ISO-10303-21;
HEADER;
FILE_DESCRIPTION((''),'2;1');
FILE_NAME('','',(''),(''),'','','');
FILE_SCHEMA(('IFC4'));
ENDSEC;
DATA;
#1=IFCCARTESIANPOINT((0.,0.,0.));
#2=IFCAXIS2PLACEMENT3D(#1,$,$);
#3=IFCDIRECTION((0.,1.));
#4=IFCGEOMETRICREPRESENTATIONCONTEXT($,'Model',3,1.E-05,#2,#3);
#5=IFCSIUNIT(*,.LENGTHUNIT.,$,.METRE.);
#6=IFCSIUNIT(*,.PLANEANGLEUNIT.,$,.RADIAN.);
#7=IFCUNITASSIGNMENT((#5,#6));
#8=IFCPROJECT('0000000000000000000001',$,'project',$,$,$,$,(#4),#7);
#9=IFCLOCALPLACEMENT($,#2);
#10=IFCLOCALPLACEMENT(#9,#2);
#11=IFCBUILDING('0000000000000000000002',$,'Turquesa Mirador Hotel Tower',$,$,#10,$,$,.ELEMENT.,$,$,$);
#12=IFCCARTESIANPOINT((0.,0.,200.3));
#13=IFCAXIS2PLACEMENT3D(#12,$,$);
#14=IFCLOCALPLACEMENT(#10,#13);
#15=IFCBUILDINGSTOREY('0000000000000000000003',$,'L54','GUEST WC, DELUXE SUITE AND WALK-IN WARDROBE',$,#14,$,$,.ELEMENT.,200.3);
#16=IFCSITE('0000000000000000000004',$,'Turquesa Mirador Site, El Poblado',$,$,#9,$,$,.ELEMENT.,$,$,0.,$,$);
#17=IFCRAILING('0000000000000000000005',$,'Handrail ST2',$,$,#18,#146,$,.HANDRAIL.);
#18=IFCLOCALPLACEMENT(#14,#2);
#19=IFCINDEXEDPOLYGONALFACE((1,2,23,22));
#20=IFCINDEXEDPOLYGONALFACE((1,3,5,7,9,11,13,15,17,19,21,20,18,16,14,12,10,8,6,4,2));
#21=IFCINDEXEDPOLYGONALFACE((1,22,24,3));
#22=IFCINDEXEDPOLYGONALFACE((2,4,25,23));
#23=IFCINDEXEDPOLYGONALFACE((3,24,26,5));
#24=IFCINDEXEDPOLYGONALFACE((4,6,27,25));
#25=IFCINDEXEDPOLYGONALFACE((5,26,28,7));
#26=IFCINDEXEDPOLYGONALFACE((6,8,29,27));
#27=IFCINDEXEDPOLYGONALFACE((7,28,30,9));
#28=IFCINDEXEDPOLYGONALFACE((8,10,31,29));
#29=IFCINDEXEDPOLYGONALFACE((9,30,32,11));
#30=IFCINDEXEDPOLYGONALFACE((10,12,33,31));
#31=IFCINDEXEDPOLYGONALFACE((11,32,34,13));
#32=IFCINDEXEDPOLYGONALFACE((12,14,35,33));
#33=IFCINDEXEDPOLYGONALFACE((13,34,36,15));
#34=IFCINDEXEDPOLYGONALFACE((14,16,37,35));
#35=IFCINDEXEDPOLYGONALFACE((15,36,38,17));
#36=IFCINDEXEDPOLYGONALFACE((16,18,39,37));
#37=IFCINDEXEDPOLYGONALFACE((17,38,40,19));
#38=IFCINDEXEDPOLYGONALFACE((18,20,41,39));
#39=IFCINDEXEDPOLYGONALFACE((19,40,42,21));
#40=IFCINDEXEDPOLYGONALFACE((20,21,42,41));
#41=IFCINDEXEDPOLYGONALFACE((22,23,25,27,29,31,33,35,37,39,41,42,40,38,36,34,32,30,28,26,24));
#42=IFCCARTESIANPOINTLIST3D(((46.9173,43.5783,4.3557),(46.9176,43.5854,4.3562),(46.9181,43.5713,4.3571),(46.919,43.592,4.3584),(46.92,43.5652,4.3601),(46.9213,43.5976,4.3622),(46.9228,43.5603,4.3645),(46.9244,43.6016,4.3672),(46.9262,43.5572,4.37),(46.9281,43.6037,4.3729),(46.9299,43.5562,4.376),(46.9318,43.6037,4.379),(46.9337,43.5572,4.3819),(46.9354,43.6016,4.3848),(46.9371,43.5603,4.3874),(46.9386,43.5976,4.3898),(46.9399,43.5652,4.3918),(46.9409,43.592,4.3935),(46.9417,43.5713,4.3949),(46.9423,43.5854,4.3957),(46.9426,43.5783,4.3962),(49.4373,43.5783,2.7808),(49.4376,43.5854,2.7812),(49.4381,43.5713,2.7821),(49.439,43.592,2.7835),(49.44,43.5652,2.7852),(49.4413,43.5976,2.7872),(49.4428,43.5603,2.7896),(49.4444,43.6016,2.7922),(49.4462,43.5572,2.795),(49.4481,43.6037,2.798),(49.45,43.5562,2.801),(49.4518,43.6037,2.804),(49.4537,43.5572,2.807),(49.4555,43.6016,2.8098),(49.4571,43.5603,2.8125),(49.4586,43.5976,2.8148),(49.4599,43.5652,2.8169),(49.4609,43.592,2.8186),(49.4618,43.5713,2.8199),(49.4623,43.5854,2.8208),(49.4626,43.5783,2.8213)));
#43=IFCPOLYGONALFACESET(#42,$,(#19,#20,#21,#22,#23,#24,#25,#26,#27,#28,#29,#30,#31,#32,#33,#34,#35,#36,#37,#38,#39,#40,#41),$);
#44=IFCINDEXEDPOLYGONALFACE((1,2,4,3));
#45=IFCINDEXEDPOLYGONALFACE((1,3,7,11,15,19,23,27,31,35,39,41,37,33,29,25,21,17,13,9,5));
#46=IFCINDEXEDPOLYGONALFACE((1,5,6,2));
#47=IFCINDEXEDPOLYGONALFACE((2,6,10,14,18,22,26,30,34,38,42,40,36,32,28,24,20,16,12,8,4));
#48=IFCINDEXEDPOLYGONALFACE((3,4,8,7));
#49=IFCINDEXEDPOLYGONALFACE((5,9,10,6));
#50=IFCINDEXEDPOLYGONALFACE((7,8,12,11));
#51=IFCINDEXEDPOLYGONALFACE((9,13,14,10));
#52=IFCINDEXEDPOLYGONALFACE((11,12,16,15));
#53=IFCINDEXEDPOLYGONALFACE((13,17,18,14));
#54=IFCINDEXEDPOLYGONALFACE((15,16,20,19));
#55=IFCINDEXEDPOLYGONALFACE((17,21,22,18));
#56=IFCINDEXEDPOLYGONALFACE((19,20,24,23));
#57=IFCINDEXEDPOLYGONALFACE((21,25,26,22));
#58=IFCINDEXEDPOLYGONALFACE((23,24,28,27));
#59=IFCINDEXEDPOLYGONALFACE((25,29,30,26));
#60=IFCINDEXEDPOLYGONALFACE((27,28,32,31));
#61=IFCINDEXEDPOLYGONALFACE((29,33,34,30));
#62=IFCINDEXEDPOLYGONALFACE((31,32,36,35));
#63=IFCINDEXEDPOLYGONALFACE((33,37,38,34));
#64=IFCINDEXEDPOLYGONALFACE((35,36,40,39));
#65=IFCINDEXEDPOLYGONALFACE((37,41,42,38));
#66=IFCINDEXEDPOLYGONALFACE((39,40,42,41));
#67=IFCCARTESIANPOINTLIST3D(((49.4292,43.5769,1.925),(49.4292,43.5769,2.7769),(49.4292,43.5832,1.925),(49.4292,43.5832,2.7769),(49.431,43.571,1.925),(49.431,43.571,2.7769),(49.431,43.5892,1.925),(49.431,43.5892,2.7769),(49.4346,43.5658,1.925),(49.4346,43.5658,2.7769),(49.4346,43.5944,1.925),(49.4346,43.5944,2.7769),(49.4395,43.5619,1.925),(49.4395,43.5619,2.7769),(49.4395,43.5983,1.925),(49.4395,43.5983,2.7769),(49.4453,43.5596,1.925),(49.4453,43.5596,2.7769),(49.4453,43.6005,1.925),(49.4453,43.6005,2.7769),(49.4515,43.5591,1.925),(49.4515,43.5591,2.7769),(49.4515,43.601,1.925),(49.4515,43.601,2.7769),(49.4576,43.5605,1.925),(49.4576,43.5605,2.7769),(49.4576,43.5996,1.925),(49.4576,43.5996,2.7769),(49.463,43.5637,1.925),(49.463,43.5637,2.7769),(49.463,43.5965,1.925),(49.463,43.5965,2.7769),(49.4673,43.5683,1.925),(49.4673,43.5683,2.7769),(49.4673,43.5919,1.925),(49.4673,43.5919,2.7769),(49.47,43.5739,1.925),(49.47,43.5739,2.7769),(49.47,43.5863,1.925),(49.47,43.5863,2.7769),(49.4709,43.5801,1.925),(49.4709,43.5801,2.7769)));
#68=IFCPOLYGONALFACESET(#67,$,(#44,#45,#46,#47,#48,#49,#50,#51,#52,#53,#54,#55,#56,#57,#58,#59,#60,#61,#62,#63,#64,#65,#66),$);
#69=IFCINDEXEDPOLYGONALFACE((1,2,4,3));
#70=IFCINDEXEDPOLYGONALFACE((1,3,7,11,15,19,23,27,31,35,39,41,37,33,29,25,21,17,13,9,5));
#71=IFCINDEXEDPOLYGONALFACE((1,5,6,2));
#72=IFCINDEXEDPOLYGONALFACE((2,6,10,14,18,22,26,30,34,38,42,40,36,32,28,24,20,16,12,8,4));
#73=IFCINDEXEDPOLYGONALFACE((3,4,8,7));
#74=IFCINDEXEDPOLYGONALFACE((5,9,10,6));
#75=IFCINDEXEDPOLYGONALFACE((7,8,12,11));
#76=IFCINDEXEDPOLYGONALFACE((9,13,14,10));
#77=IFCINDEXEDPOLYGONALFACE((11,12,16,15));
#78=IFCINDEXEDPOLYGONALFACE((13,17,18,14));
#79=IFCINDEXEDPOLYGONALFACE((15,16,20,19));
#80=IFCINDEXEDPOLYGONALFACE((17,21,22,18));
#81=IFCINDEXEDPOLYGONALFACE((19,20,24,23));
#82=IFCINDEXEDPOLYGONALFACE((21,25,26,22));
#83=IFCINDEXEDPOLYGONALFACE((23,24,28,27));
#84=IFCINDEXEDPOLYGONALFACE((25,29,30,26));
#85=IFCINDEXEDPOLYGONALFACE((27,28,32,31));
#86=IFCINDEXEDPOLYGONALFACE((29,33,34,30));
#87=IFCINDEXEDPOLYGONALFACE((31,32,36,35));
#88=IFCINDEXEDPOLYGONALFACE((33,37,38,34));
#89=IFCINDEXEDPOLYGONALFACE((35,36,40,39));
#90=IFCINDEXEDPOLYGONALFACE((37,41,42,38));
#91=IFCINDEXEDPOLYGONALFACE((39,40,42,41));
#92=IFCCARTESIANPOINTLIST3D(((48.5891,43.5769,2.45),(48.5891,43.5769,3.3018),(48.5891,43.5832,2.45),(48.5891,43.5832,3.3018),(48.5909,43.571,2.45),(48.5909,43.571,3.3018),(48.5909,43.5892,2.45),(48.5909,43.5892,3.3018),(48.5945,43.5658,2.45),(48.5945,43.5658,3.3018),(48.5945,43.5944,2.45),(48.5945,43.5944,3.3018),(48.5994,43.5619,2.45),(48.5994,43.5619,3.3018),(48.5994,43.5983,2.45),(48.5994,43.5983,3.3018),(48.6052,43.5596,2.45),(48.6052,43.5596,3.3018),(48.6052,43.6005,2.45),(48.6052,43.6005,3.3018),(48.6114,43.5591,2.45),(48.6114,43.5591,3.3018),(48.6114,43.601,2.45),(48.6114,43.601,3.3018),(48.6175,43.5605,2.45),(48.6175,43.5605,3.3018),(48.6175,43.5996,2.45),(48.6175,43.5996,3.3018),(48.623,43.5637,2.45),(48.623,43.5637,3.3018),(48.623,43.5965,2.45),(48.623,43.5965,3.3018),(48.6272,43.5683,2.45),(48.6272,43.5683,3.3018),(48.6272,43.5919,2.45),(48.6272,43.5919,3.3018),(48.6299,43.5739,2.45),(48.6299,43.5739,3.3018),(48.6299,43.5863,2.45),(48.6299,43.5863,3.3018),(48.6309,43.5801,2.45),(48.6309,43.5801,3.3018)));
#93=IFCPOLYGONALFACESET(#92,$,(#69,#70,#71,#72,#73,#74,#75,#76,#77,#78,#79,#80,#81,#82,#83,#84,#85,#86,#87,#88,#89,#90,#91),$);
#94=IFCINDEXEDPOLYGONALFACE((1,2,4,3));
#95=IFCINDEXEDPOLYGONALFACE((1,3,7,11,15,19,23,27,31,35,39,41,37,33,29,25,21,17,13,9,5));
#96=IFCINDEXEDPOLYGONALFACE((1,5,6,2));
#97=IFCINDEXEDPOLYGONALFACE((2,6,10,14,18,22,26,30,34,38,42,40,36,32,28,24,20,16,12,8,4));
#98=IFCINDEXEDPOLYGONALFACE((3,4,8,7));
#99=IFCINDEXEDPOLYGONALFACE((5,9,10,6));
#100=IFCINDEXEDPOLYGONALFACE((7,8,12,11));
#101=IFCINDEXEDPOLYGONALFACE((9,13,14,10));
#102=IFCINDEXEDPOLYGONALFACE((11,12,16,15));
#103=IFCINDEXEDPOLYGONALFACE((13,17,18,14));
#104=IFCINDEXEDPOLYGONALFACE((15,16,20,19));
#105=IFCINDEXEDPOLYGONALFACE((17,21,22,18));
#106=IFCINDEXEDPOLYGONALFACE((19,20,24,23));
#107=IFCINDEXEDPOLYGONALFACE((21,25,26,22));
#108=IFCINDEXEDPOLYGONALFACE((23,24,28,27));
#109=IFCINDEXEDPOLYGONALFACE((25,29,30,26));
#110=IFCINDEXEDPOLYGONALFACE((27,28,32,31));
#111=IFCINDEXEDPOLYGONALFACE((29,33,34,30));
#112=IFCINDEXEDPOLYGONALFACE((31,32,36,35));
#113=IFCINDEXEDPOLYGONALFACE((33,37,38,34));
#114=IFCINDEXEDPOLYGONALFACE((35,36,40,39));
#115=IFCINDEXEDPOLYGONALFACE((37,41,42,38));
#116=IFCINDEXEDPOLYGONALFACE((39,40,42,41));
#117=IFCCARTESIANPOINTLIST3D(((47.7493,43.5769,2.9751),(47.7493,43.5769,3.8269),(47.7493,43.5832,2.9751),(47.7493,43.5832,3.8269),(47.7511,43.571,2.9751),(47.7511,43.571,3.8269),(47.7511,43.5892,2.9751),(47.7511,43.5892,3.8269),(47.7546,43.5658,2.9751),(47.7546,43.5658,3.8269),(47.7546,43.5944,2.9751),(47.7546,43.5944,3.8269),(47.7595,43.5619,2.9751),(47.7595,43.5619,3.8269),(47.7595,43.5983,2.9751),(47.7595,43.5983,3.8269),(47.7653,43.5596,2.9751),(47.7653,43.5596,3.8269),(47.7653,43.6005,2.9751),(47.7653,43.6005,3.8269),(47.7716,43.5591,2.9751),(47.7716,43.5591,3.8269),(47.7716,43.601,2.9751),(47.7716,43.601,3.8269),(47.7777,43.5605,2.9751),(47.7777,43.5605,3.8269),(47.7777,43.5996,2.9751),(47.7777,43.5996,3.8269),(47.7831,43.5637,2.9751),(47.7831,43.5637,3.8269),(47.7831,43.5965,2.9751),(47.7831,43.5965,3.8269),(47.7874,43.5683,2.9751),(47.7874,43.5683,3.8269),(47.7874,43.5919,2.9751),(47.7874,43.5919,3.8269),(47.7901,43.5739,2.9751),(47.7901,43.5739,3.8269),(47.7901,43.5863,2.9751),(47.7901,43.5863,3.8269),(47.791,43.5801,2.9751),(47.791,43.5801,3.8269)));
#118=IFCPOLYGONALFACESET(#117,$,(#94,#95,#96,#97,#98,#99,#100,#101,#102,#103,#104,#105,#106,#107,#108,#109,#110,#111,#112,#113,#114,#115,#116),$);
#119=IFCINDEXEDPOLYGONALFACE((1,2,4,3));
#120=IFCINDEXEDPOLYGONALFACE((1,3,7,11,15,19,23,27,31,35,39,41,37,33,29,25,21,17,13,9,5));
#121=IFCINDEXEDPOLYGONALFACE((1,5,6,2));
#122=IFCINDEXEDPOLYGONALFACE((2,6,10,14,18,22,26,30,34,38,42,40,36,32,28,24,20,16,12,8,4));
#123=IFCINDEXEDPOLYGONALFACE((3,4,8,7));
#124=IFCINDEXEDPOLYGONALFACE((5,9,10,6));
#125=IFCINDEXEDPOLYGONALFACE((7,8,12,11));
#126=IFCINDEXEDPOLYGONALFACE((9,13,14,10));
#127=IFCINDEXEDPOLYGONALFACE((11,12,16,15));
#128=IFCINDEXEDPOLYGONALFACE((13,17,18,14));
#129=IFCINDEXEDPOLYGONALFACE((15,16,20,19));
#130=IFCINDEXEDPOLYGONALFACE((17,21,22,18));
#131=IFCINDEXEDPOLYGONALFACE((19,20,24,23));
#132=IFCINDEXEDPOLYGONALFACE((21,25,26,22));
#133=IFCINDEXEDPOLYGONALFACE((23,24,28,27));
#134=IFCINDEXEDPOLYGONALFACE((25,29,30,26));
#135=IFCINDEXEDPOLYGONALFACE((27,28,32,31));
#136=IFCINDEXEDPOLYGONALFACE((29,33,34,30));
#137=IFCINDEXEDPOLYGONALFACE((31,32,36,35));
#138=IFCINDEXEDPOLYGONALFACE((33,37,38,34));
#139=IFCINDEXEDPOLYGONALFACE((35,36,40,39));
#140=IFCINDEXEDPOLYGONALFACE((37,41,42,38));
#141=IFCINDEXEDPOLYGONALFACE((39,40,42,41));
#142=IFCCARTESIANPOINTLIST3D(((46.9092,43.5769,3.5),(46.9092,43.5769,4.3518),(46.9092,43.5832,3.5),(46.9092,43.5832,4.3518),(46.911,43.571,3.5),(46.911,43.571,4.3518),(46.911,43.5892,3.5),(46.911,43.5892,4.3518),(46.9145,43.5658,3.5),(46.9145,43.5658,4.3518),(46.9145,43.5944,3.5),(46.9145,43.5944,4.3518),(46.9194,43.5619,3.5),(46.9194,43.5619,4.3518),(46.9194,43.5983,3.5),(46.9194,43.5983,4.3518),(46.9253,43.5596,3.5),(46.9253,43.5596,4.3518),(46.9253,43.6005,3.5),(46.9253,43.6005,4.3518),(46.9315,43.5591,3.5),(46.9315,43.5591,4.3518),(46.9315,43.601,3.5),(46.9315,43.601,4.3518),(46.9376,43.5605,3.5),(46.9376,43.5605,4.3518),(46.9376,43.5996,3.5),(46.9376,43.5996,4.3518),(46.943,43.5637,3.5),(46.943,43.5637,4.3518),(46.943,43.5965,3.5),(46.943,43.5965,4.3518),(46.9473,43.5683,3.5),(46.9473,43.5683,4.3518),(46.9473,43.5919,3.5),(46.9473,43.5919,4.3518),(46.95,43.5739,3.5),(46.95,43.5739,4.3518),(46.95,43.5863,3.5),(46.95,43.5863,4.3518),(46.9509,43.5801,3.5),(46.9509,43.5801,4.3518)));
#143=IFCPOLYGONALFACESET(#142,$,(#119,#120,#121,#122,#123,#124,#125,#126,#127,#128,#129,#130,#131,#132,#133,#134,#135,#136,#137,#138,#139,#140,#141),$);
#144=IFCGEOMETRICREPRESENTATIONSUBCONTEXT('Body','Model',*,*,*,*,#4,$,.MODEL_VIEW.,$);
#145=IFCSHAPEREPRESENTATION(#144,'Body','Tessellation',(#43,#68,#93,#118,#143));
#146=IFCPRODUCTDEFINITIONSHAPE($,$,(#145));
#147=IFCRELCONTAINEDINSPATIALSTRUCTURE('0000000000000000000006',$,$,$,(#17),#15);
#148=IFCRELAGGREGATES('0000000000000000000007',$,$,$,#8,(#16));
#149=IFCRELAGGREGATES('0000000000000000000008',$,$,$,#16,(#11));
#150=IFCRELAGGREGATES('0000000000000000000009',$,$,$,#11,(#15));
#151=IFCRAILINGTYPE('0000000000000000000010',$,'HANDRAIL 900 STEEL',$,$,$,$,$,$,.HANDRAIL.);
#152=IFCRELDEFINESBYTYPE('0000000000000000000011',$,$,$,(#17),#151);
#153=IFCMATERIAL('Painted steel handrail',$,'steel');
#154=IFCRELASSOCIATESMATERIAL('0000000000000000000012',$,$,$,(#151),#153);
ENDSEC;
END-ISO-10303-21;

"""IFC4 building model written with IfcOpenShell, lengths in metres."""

from ifc_helpers import new_model, si_unit, direction, frame, origin, origin_2d, place, context, subcontext, project, spatial, circle, extrude, material, type_object, element, save


model = new_model("IFC4")

# Units and contexts
model_context = context("Model", 3, precision=1e-05, world=origin(), true_north=direction((0.0, 1.0)))
body_context = subcontext(model_context, "Body", "Model", "MODEL_VIEW")
ifc_project = project(units=[si_unit("LENGTHUNIT", "METRE"), si_unit("PLANEANGLEUNIT", "RADIAN")], contexts=[model_context])

# Site, building, storey
site_placement = place(None, origin())
site = spatial("IfcSite", under=ifc_project, at=site_placement, Name="Turquesa Mirador Site, El Poblado", CompositionType="ELEMENT", RefElevation=0.0)
building_placement = place(site_placement, origin())
building = spatial("IfcBuilding", under=site, at=building_placement, Name="Turquesa Mirador Hotel Tower", CompositionType="ELEMENT")
storey_placement = place(building_placement, frame((0.0, 0.0, 200.3)))
storey = spatial("IfcBuildingStorey", under=building, at=storey_placement, Name="L54", Description="GUEST WC, DELUXE SUITE AND WALK-IN WARDROBE", CompositionType="ELEMENT", Elevation=200.3)

# Railing
ifc_material_1 = material(Name="Painted steel handrail", Category="steel")
railing_type = type_object("IfcRailingType", Name="HANDRAIL 900 STEEL", PredefinedType="HANDRAIL", material=ifc_material_1)
railing_1_placement = place(storey_placement, frame((49.45, 43.5801, 1.925)))
element("IfcRailing", 1, at=railing_1_placement, inside=storey, type_object=railing_type, Name="Handrail ST2", PredefinedType="HANDRAIL", context=body_context, shape_type="SweptSolid", body=[
    extrude(circle(Radius=0.0239, at=origin_2d()), frame((0.0, 0.0, 0.876), z_axis=(-0.848008, 0.0, 0.529984), x_axis=(0.0, -1.0, 0.0)), (0.0, 0.0, 1.0), 2.9717),
    extrude(circle(Radius=0.021, at=origin_2d()), origin(), (0.0, 0.0, 1.0), 0.8518),
    extrude(circle(Radius=0.021, at=origin_2d()), frame((-0.8401, 0.0, 0.5249)), (0.0, 0.0, 1.0), 0.8518),
    extrude(circle(Radius=0.021, at=origin_2d()), frame((-1.6799, 0.0, 1.05)), (0.0, 0.0, 1.0), 0.8518),
    extrude(circle(Radius=0.021, at=origin_2d()), frame((-2.52, 0.0, 1.575)), (0.0, 0.0, 1.0), 0.8518),
])

save(model, "model.ifc")
